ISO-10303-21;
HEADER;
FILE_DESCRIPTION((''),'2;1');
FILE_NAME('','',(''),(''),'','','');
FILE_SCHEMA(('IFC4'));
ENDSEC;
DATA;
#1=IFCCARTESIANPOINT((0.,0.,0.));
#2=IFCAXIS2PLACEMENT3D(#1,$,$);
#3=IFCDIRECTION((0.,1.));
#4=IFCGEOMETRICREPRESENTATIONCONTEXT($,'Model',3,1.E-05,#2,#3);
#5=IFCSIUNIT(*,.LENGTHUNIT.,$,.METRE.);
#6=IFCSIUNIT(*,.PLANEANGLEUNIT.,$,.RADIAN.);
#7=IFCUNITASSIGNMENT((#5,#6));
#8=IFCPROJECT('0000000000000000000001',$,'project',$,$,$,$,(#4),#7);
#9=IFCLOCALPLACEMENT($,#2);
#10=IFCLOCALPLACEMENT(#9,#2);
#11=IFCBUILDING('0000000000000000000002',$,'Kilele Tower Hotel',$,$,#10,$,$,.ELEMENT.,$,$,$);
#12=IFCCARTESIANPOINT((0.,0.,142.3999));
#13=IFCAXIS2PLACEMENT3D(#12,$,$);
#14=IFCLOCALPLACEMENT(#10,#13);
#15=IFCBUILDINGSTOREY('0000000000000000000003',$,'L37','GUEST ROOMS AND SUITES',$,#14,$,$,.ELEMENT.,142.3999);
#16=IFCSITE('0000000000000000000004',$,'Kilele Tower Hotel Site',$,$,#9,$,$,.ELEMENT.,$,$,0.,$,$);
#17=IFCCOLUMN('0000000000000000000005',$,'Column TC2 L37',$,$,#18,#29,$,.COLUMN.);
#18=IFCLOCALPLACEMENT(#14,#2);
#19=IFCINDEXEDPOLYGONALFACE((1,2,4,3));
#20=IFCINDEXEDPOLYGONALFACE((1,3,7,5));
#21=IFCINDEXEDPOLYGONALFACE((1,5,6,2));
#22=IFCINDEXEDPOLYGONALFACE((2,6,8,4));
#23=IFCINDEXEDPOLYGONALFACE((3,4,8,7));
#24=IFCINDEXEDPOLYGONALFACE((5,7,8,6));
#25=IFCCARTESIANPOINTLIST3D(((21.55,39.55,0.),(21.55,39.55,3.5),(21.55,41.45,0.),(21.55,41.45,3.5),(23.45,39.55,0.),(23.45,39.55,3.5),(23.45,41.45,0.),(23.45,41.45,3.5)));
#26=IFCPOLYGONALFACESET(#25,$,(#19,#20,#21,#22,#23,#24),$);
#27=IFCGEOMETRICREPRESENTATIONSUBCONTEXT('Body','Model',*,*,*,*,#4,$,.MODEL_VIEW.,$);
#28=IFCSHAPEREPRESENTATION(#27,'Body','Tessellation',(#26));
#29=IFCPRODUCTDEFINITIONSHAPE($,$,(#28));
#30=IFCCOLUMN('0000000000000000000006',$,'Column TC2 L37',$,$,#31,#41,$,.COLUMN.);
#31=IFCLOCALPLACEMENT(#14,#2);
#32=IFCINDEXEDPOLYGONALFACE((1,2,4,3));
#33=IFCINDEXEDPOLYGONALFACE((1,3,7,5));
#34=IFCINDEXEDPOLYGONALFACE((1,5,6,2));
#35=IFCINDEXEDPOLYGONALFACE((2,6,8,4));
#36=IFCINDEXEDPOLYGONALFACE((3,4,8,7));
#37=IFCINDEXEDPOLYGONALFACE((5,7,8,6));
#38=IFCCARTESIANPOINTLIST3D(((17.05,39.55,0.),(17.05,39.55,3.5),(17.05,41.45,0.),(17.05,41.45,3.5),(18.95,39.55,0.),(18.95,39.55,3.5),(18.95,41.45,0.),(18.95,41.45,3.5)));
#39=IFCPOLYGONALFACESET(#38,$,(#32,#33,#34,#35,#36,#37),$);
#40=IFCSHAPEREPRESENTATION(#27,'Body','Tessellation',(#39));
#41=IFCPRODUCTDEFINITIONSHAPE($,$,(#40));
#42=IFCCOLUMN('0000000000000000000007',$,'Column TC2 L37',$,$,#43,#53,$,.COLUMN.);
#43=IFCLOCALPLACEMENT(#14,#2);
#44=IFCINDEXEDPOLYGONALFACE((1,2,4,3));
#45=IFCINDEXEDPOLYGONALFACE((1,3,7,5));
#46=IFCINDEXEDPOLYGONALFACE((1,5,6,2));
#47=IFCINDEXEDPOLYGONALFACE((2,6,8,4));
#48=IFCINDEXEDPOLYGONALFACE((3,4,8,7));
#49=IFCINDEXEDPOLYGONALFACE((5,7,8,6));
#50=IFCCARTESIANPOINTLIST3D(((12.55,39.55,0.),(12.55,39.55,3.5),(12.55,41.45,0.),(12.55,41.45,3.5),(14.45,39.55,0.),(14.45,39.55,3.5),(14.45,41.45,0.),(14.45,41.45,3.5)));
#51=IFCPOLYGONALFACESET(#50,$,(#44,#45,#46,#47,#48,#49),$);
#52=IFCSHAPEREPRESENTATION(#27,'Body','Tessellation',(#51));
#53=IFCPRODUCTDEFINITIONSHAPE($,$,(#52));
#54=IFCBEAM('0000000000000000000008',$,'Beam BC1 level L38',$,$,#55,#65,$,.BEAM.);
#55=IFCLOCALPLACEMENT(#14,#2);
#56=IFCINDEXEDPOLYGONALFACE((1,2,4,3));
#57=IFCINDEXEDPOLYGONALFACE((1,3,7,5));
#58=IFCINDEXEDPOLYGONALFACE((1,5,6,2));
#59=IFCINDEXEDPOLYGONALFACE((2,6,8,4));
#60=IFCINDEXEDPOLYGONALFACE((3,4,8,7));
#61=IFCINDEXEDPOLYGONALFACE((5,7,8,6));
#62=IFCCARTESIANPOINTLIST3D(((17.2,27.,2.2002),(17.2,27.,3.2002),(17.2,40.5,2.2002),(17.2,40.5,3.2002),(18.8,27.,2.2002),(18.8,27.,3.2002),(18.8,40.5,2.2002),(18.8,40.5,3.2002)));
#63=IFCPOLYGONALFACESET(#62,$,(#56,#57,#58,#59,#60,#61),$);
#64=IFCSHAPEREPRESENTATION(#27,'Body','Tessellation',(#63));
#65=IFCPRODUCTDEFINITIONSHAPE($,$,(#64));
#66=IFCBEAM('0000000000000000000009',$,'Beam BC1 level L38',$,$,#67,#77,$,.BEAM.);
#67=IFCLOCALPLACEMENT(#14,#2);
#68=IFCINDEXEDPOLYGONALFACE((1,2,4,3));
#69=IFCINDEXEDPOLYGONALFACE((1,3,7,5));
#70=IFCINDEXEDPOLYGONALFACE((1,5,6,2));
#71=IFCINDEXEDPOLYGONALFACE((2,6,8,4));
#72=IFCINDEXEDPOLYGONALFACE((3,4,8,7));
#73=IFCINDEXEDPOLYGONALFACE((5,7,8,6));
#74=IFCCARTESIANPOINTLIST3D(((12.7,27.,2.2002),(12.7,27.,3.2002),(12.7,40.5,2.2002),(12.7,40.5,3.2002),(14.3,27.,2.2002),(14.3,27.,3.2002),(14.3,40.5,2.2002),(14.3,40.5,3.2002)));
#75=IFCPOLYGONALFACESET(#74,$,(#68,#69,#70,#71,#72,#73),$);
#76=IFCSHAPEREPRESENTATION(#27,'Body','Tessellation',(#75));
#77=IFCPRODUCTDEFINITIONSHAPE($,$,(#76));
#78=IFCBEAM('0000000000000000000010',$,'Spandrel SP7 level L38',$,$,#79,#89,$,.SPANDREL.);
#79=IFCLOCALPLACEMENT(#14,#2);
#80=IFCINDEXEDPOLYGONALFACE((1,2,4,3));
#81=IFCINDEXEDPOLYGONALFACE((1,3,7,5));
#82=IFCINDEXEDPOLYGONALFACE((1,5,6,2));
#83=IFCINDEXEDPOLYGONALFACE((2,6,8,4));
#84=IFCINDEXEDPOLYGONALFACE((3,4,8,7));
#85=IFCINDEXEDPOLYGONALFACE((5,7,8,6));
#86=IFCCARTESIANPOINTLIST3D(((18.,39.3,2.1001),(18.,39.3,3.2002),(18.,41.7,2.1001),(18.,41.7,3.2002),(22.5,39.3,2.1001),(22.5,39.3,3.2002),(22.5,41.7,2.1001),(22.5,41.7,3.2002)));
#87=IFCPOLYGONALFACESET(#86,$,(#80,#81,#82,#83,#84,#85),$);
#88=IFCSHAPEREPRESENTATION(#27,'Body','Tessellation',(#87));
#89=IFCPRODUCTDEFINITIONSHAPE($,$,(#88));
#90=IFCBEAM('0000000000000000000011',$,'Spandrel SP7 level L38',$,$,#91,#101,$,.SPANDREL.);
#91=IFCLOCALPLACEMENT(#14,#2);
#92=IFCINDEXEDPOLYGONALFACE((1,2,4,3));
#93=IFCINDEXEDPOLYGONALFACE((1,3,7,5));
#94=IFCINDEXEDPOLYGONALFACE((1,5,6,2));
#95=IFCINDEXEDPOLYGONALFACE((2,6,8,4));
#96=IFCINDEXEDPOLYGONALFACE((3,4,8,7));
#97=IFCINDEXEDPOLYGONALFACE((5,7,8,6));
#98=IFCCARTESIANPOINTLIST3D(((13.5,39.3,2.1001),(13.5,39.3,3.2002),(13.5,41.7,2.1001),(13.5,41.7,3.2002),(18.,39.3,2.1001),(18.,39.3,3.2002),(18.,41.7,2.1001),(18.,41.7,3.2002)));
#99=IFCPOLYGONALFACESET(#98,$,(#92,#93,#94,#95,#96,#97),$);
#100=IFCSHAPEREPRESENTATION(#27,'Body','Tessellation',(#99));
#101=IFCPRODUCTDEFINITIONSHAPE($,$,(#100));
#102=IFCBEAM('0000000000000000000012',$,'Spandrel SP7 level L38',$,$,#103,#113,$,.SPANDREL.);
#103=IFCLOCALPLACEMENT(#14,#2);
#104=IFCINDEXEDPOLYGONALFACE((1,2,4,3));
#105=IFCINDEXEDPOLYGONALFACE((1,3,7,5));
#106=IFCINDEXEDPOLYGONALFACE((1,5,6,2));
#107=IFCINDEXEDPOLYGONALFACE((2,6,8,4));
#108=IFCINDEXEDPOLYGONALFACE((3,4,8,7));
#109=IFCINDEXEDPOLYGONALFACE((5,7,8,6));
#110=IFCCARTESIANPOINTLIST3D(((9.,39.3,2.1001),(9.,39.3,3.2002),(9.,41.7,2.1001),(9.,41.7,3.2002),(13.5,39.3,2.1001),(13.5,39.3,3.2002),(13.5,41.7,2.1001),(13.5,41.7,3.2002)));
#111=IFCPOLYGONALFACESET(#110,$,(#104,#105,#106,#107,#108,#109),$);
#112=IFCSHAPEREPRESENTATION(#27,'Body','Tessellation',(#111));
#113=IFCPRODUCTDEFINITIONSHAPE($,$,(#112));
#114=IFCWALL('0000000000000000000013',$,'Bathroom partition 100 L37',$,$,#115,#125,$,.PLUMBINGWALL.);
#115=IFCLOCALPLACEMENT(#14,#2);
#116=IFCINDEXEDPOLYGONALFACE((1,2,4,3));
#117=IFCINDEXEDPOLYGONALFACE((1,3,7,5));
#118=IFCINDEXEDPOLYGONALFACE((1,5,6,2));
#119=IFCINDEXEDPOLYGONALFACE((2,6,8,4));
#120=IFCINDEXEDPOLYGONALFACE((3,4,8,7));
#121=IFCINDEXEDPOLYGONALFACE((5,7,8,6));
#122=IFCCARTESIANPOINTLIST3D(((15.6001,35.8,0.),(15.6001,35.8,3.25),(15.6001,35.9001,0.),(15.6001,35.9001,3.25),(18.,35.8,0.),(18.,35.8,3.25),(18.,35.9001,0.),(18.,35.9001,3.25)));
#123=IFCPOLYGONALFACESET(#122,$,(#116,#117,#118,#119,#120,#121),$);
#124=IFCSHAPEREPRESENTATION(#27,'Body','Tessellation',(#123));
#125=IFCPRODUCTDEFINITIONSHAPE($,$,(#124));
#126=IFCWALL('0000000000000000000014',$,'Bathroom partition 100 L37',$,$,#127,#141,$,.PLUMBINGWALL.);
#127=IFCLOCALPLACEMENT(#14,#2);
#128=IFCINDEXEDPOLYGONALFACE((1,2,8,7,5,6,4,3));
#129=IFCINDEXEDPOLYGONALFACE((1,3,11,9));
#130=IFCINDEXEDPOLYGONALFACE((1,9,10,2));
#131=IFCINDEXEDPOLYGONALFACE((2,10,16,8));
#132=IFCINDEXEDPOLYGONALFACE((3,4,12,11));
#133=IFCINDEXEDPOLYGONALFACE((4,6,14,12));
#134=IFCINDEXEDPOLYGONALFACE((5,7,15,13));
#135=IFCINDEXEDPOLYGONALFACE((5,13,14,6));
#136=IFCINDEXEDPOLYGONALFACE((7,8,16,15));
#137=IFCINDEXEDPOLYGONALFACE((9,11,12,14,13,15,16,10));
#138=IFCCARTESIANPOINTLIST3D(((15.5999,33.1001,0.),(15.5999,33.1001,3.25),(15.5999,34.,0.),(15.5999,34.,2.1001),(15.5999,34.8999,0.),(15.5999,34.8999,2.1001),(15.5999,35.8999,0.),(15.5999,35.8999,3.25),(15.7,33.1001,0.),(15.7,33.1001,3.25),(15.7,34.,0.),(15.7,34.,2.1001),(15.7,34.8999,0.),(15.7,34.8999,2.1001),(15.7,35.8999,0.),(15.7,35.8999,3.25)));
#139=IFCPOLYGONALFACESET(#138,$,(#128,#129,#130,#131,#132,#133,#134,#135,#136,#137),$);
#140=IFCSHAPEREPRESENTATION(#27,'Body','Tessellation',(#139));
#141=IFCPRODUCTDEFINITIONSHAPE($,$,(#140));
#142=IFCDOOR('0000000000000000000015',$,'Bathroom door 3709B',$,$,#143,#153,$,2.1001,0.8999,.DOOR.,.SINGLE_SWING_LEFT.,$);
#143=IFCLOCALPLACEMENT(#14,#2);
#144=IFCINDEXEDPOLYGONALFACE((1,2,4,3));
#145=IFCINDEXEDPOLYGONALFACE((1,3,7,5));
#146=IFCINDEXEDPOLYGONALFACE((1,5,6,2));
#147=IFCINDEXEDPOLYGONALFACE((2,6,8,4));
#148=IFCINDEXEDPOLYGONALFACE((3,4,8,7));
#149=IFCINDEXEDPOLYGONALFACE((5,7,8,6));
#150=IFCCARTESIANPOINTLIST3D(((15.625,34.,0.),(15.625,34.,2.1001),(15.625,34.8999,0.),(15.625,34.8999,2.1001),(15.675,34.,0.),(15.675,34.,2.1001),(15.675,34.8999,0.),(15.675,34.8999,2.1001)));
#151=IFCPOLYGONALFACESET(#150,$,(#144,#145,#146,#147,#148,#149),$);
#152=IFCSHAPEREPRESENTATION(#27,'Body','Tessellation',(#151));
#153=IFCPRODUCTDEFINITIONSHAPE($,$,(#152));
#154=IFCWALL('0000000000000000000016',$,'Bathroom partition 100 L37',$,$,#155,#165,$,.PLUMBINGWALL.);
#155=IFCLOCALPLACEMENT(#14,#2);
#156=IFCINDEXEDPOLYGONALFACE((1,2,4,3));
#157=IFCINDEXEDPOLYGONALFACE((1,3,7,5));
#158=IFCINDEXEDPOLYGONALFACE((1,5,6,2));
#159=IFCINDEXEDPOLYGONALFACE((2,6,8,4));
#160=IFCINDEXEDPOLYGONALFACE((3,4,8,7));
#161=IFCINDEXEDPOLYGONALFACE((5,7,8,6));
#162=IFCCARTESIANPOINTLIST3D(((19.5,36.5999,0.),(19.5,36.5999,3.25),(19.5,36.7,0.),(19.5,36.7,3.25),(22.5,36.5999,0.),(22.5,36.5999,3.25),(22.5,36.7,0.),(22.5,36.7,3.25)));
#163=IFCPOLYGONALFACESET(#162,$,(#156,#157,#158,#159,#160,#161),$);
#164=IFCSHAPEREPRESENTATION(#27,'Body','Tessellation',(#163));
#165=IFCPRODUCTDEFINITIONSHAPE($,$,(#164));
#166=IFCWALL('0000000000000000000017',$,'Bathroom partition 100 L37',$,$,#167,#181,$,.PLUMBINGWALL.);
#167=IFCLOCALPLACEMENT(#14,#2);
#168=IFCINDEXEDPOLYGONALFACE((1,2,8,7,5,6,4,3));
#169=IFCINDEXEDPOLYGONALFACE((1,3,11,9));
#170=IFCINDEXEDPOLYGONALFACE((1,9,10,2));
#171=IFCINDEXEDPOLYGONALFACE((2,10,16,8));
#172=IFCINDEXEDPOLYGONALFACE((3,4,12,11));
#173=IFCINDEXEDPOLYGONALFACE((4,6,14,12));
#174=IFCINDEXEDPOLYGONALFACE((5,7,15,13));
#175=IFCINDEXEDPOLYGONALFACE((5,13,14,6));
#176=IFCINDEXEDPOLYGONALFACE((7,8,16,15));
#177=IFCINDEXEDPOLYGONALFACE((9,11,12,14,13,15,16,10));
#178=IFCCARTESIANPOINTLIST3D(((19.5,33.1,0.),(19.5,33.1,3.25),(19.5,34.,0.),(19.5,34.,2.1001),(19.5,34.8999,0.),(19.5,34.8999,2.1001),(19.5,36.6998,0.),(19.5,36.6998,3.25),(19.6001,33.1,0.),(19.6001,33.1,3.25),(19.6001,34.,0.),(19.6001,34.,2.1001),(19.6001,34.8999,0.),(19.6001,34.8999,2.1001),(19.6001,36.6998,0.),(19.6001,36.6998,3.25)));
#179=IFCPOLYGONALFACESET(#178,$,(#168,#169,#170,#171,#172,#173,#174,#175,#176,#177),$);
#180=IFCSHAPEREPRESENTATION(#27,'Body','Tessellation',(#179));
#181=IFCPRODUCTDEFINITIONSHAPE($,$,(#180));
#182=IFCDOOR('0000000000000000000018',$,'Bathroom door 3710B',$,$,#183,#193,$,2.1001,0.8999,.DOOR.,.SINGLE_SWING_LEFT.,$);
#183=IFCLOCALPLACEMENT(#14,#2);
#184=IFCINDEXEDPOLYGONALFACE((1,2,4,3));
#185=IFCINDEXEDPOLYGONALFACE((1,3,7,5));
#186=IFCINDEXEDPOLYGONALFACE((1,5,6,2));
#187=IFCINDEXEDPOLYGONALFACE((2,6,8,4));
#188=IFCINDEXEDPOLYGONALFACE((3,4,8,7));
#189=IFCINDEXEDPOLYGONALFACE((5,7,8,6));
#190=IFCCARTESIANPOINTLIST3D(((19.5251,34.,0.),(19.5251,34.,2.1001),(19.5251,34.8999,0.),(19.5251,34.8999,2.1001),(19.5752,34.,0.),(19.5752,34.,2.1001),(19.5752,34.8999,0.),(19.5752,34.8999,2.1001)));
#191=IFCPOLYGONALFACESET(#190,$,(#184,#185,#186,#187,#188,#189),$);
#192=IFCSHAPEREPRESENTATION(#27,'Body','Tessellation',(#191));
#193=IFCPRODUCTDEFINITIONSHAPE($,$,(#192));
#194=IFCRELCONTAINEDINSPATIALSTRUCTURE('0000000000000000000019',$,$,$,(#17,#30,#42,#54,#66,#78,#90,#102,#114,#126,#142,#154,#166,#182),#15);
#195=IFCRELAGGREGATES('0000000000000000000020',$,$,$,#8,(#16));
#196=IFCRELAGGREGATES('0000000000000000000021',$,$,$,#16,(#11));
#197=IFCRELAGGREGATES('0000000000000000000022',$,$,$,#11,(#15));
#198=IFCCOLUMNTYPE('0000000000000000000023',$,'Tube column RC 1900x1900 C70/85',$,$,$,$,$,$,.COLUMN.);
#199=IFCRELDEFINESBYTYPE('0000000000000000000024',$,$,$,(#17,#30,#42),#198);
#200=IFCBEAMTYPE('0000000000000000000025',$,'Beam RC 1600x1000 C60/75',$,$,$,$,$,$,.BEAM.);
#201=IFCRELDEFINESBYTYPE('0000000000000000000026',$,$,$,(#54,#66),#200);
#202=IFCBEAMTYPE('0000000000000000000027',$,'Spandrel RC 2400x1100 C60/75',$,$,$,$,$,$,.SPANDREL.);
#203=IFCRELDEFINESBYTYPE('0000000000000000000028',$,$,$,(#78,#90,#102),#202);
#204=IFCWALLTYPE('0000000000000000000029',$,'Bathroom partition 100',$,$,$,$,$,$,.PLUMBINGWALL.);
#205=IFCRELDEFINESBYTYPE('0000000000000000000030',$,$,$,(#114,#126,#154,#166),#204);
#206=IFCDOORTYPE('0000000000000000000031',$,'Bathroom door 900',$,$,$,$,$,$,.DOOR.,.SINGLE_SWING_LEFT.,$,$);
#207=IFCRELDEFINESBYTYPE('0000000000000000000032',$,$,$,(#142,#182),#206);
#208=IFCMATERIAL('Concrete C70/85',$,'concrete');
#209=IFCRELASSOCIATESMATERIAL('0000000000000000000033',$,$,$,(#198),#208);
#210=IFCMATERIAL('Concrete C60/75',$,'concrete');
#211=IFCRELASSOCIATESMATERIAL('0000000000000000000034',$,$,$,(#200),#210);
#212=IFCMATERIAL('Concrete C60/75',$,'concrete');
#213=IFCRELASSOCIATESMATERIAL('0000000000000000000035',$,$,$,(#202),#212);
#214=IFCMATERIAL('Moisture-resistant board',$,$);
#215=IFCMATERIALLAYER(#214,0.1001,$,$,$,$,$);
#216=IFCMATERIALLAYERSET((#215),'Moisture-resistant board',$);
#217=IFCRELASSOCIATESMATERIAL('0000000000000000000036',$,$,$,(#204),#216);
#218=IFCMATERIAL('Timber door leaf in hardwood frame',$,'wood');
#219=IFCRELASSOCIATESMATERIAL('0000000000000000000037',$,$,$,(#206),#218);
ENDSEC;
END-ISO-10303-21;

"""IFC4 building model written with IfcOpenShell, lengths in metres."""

from ifc_helpers import new_model, si_unit, direction, frame, frame_2d, origin, origin_2d, place, context, subcontext, project, spatial, rectangle, extrude, material, layer, layer_set, material_profile, profile_set, type_object, element, fill, save


model = new_model("IFC4")

# Units and contexts
model_context = context("Model", 3, precision=1e-05, world=origin(), true_north=direction((0.0, 1.0)))
body_context = subcontext(model_context, "Body", "Model", "MODEL_VIEW")
ifc_project = project(units=[si_unit("LENGTHUNIT", "METRE"), si_unit("PLANEANGLEUNIT", "RADIAN")], contexts=[model_context])

# Site, building, storey
site_placement = place(None, origin())
site = spatial("IfcSite", under=ifc_project, at=site_placement, Name="Kilele Tower Hotel Site", CompositionType="ELEMENT", RefElevation=0.0)
building_placement = place(site_placement, origin())
building = spatial("IfcBuilding", under=site, at=building_placement, Name="Kilele Tower Hotel", CompositionType="ELEMENT")
storey_placement = place(building_placement, frame((0.0, 0.0, 142.3999)))
storey = spatial("IfcBuildingStorey", under=building, at=storey_placement, Name="L37", Description="GUEST ROOMS AND SUITES", CompositionType="ELEMENT", Elevation=142.3999)

# Columns
ifc_material_1 = material(Name="Concrete C70/85", Category="concrete")
ifc_material_profile_1 = material_profile(ifc_material_1, rectangle(XDim=1.8999, YDim=1.8999, at=origin_2d()))
ifc_profile_set_1 = profile_set([ifc_material_profile_1], Name="Concrete C70/85")
column_type = type_object("IfcColumnType", Name="Tube column RC 1900x1900 C70/85", PredefinedType="COLUMN", material=ifc_profile_set_1)
for number, where, z_axis, x_axis, name in (
    (1, (22.5, 40.5, 0.0), (0.0, 0.0, 1.0), (1.0, 0.0, 0.0), "Column TC2 L37"),
    (2, (18.0, 40.5, 0.0), (0.0, 0.0, 1.0), (1.0, 0.0, 0.0), "Column TC2 L37"),
    (3, (13.5, 40.5, 0.0), (0.0, 0.0, 1.0), (1.0, 0.0, 0.0), "Column TC2 L37"),
):
    element("IfcColumn", number, at=place(storey_placement, frame(where, z_axis=z_axis, x_axis=x_axis)), inside=storey, type_object=column_type, Name=name, PredefinedType="COLUMN", context=body_context, shape_type="SweptSolid", body=[
        extrude(rectangle(XDim=1.8999, YDim=1.8999, at=origin_2d()), origin(), (0.0, 0.0, 1.0), 3.5),
    ])

# Beams
ifc_material_2 = material(Name="Concrete C60/75", Category="concrete")
ifc_material_profile_2 = material_profile(ifc_material_2, rectangle(XDim=1.6001, YDim=1.0, at=origin_2d()))
ifc_profile_set_2 = profile_set([ifc_material_profile_2], Name="Concrete C60/75")
beam_type_1 = type_object("IfcBeamType", Name="Beam RC 1600x1000 C60/75", PredefinedType="BEAM", material=ifc_profile_set_2)
for number, where, z_axis, x_axis, name in (
    (4, (18.0, 40.5, 2.7002), (0.0, -1.0, 0.0), (1.0, 0.0, 0.0), "Beam BC1 level L38"),
    (5, (13.5, 40.5, 2.7002), (0.0, -1.0, 0.0), (1.0, 0.0, 0.0), "Beam BC1 level L38"),
):
    element("IfcBeam", number, at=place(storey_placement, frame(where, z_axis=z_axis, x_axis=x_axis)), inside=storey, type_object=beam_type_1, Name=name, PredefinedType="BEAM", context=body_context, shape_type="SweptSolid", body=[
        extrude(rectangle(XDim=1.6001, YDim=1.0, at=origin_2d()), origin(), (0.0, 0.0, 1.0), 13.5),
    ])
ifc_material_3 = material(Name="Concrete C60/75", Category="concrete")
ifc_material_profile_3 = material_profile(ifc_material_3, rectangle(XDim=2.3999, YDim=1.1001, at=origin_2d()))
ifc_profile_set_3 = profile_set([ifc_material_profile_3], Name="Concrete C60/75")
beam_type_2 = type_object("IfcBeamType", Name="Spandrel RC 2400x1100 C60/75", PredefinedType="SPANDREL", material=ifc_profile_set_3)
for number, where, z_axis, x_axis, name in (
    (6, (22.5, 40.5, 2.6501), (-1.0, 0.0, 0.0), (0.0, -1.0, 0.0), "Spandrel SP7 level L38"),
    (7, (18.0, 40.5, 2.6501), (-1.0, 0.0, 0.0), (0.0, -1.0, 0.0), "Spandrel SP7 level L38"),
    (8, (13.5, 40.5, 2.6501), (-1.0, 0.0, 0.0), (0.0, -1.0, 0.0), "Spandrel SP7 level L38"),
):
    element("IfcBeam", number, at=place(storey_placement, frame(where, z_axis=z_axis, x_axis=x_axis)), inside=storey, type_object=beam_type_2, Name=name, PredefinedType="SPANDREL", context=body_context, shape_type="SweptSolid", body=[
        extrude(rectangle(XDim=2.3999, YDim=1.1001, at=origin_2d()), origin(), (0.0, 0.0, 1.0), 4.5),
    ])

# Wall
ifc_material_4 = material(Name="Moisture-resistant board")
ifc_layer_1 = layer(ifc_material_4, 0.1001)
ifc_layer_set_1 = layer_set([ifc_layer_1], Name="Moisture-resistant board")
wall_type_1 = type_object("IfcWallType", Name="Bathroom partition 100", PredefinedType="PLUMBINGWALL", material=ifc_layer_set_1)
wall_1_placement = place(storey_placement, frame((15.6001, 35.8501, 0.0), z_axis=(0.0, 0.0, 1.0), x_axis=(1.0, 0.0, 0.0)))
element("IfcWall", 9, at=wall_1_placement, inside=storey, type_object=wall_type_1, Name="Bathroom partition 100 L37", PredefinedType="PLUMBINGWALL", context=body_context, shape_type="SweptSolid", body=[
    extrude(rectangle(XDim=2.3999, YDim=0.1001, at=frame_2d((1.2, 0.0))), origin(), (0.0, 0.0, 1.0), 3.25),
])

# Wall, opening, door
wall_2_placement = place(storey_placement, frame((15.6499, 33.1001, 0.0), z_axis=(0.0, 0.0, 1.0), x_axis=(0.0, 1.0, 0.0)))
wall_2 = element("IfcWall", 10, at=wall_2_placement, inside=storey, type_object=wall_type_1, Name="Bathroom partition 100 L37", PredefinedType="PLUMBINGWALL", context=body_context, shape_type="SweptSolid", body=[
    extrude(rectangle(XDim=2.7998, YDim=0.1001, at=frame_2d((1.3999, 0.0))), origin(), (0.0, 0.0, 1.0), 3.25),
])
opening_1_placement = place(wall_2_placement, frame((0.8999, 0.0, 0.0)))
opening_1 = element("IfcOpeningElement", 11, at=opening_1_placement, cuts=wall_2, PredefinedType="OPENING", context=body_context, shape_type="SweptSolid", body=[
    extrude(rectangle(XDim=0.8999, YDim=2.1001, at=frame_2d((0.45, 1.05))), frame((0.0, 0.0601, 0.0), z_axis=(0.0, -1.0, 0.0), x_axis=(1.0, 0.0, 0.0)), (0.0, 0.0, 1.0), 0.1201),
])
ifc_material_5 = material(Name="Timber door leaf in hardwood frame", Category="wood")
door_type_1 = type_object("IfcDoorType", Name="Bathroom door 900", OperationType="SINGLE_SWING_LEFT", PredefinedType="DOOR", material=ifc_material_5)
door_1_placement = place(opening_1_placement, origin())
door_1 = element("IfcDoor", 12, at=door_1_placement, inside=storey, type_object=door_type_1, Name="Bathroom door 3709B", OperationType="SINGLE_SWING_LEFT", OverallHeight=2.1001, OverallWidth=0.8999, PredefinedType="DOOR", context=body_context, shape_type="SweptSolid", body=[
    extrude(rectangle(XDim=0.8999, YDim=2.1001, at=frame_2d((0.45, 1.05))), frame((0.0, 0.0249, 0.0), z_axis=(0.0, -1.0, 0.0), x_axis=(1.0, 0.0, 0.0)), (0.0, 0.0, 1.0), 0.05),
])
fill(opening_1, door_1)

# Wall
wall_3_placement = place(storey_placement, frame((19.5, 36.6499, 0.0), z_axis=(0.0, 0.0, 1.0), x_axis=(1.0, 0.0, 0.0)))
element("IfcWall", 13, at=wall_3_placement, inside=storey, type_object=wall_type_1, Name="Bathroom partition 100 L37", PredefinedType="PLUMBINGWALL", context=body_context, shape_type="SweptSolid", body=[
    extrude(rectangle(XDim=3.0, YDim=0.1001, at=frame_2d((1.5, 0.0))), origin(), (0.0, 0.0, 1.0), 3.25),
])

# Wall, opening, door
wall_4_placement = place(storey_placement, frame((19.55, 33.1001, 0.0), z_axis=(0.0, 0.0, 1.0), x_axis=(0.0, 1.0, 0.0)))
wall_4 = element("IfcWall", 14, at=wall_4_placement, inside=storey, type_object=wall_type_1, Name="Bathroom partition 100 L37", PredefinedType="PLUMBINGWALL", context=body_context, shape_type="SweptSolid", body=[
    extrude(rectangle(XDim=3.5999, YDim=0.1001, at=frame_2d((1.7998, 0.0))), origin(), (0.0, 0.0, 1.0), 3.25),
])
opening_2_placement = place(wall_4_placement, frame((0.8999, 0.0, 0.0)))
opening_2 = element("IfcOpeningElement", 15, at=opening_2_placement, cuts=wall_4, PredefinedType="OPENING", context=body_context, shape_type="SweptSolid", body=[
    extrude(rectangle(XDim=0.8999, YDim=2.1001, at=frame_2d((0.45, 1.05))), frame((0.0, 0.0601, 0.0), z_axis=(0.0, -1.0, 0.0), x_axis=(1.0, 0.0, 0.0)), (0.0, 0.0, 1.0), 0.1201),
])
door_2_placement = place(opening_2_placement, origin())
door_2 = element("IfcDoor", 16, at=door_2_placement, inside=storey, type_object=door_type_1, Name="Bathroom door 3710B", OperationType="SINGLE_SWING_LEFT", OverallHeight=2.1001, OverallWidth=0.8999, PredefinedType="DOOR", context=body_context, shape_type="SweptSolid", body=[
    extrude(rectangle(XDim=0.8999, YDim=2.1001, at=frame_2d((0.45, 1.05))), frame((0.0, 0.0249, 0.0), z_axis=(0.0, -1.0, 0.0), x_axis=(1.0, 0.0, 0.0)), (0.0, 0.0, 1.0), 0.05),
])
fill(opening_2, door_2)

save(model, "model.ifc")
